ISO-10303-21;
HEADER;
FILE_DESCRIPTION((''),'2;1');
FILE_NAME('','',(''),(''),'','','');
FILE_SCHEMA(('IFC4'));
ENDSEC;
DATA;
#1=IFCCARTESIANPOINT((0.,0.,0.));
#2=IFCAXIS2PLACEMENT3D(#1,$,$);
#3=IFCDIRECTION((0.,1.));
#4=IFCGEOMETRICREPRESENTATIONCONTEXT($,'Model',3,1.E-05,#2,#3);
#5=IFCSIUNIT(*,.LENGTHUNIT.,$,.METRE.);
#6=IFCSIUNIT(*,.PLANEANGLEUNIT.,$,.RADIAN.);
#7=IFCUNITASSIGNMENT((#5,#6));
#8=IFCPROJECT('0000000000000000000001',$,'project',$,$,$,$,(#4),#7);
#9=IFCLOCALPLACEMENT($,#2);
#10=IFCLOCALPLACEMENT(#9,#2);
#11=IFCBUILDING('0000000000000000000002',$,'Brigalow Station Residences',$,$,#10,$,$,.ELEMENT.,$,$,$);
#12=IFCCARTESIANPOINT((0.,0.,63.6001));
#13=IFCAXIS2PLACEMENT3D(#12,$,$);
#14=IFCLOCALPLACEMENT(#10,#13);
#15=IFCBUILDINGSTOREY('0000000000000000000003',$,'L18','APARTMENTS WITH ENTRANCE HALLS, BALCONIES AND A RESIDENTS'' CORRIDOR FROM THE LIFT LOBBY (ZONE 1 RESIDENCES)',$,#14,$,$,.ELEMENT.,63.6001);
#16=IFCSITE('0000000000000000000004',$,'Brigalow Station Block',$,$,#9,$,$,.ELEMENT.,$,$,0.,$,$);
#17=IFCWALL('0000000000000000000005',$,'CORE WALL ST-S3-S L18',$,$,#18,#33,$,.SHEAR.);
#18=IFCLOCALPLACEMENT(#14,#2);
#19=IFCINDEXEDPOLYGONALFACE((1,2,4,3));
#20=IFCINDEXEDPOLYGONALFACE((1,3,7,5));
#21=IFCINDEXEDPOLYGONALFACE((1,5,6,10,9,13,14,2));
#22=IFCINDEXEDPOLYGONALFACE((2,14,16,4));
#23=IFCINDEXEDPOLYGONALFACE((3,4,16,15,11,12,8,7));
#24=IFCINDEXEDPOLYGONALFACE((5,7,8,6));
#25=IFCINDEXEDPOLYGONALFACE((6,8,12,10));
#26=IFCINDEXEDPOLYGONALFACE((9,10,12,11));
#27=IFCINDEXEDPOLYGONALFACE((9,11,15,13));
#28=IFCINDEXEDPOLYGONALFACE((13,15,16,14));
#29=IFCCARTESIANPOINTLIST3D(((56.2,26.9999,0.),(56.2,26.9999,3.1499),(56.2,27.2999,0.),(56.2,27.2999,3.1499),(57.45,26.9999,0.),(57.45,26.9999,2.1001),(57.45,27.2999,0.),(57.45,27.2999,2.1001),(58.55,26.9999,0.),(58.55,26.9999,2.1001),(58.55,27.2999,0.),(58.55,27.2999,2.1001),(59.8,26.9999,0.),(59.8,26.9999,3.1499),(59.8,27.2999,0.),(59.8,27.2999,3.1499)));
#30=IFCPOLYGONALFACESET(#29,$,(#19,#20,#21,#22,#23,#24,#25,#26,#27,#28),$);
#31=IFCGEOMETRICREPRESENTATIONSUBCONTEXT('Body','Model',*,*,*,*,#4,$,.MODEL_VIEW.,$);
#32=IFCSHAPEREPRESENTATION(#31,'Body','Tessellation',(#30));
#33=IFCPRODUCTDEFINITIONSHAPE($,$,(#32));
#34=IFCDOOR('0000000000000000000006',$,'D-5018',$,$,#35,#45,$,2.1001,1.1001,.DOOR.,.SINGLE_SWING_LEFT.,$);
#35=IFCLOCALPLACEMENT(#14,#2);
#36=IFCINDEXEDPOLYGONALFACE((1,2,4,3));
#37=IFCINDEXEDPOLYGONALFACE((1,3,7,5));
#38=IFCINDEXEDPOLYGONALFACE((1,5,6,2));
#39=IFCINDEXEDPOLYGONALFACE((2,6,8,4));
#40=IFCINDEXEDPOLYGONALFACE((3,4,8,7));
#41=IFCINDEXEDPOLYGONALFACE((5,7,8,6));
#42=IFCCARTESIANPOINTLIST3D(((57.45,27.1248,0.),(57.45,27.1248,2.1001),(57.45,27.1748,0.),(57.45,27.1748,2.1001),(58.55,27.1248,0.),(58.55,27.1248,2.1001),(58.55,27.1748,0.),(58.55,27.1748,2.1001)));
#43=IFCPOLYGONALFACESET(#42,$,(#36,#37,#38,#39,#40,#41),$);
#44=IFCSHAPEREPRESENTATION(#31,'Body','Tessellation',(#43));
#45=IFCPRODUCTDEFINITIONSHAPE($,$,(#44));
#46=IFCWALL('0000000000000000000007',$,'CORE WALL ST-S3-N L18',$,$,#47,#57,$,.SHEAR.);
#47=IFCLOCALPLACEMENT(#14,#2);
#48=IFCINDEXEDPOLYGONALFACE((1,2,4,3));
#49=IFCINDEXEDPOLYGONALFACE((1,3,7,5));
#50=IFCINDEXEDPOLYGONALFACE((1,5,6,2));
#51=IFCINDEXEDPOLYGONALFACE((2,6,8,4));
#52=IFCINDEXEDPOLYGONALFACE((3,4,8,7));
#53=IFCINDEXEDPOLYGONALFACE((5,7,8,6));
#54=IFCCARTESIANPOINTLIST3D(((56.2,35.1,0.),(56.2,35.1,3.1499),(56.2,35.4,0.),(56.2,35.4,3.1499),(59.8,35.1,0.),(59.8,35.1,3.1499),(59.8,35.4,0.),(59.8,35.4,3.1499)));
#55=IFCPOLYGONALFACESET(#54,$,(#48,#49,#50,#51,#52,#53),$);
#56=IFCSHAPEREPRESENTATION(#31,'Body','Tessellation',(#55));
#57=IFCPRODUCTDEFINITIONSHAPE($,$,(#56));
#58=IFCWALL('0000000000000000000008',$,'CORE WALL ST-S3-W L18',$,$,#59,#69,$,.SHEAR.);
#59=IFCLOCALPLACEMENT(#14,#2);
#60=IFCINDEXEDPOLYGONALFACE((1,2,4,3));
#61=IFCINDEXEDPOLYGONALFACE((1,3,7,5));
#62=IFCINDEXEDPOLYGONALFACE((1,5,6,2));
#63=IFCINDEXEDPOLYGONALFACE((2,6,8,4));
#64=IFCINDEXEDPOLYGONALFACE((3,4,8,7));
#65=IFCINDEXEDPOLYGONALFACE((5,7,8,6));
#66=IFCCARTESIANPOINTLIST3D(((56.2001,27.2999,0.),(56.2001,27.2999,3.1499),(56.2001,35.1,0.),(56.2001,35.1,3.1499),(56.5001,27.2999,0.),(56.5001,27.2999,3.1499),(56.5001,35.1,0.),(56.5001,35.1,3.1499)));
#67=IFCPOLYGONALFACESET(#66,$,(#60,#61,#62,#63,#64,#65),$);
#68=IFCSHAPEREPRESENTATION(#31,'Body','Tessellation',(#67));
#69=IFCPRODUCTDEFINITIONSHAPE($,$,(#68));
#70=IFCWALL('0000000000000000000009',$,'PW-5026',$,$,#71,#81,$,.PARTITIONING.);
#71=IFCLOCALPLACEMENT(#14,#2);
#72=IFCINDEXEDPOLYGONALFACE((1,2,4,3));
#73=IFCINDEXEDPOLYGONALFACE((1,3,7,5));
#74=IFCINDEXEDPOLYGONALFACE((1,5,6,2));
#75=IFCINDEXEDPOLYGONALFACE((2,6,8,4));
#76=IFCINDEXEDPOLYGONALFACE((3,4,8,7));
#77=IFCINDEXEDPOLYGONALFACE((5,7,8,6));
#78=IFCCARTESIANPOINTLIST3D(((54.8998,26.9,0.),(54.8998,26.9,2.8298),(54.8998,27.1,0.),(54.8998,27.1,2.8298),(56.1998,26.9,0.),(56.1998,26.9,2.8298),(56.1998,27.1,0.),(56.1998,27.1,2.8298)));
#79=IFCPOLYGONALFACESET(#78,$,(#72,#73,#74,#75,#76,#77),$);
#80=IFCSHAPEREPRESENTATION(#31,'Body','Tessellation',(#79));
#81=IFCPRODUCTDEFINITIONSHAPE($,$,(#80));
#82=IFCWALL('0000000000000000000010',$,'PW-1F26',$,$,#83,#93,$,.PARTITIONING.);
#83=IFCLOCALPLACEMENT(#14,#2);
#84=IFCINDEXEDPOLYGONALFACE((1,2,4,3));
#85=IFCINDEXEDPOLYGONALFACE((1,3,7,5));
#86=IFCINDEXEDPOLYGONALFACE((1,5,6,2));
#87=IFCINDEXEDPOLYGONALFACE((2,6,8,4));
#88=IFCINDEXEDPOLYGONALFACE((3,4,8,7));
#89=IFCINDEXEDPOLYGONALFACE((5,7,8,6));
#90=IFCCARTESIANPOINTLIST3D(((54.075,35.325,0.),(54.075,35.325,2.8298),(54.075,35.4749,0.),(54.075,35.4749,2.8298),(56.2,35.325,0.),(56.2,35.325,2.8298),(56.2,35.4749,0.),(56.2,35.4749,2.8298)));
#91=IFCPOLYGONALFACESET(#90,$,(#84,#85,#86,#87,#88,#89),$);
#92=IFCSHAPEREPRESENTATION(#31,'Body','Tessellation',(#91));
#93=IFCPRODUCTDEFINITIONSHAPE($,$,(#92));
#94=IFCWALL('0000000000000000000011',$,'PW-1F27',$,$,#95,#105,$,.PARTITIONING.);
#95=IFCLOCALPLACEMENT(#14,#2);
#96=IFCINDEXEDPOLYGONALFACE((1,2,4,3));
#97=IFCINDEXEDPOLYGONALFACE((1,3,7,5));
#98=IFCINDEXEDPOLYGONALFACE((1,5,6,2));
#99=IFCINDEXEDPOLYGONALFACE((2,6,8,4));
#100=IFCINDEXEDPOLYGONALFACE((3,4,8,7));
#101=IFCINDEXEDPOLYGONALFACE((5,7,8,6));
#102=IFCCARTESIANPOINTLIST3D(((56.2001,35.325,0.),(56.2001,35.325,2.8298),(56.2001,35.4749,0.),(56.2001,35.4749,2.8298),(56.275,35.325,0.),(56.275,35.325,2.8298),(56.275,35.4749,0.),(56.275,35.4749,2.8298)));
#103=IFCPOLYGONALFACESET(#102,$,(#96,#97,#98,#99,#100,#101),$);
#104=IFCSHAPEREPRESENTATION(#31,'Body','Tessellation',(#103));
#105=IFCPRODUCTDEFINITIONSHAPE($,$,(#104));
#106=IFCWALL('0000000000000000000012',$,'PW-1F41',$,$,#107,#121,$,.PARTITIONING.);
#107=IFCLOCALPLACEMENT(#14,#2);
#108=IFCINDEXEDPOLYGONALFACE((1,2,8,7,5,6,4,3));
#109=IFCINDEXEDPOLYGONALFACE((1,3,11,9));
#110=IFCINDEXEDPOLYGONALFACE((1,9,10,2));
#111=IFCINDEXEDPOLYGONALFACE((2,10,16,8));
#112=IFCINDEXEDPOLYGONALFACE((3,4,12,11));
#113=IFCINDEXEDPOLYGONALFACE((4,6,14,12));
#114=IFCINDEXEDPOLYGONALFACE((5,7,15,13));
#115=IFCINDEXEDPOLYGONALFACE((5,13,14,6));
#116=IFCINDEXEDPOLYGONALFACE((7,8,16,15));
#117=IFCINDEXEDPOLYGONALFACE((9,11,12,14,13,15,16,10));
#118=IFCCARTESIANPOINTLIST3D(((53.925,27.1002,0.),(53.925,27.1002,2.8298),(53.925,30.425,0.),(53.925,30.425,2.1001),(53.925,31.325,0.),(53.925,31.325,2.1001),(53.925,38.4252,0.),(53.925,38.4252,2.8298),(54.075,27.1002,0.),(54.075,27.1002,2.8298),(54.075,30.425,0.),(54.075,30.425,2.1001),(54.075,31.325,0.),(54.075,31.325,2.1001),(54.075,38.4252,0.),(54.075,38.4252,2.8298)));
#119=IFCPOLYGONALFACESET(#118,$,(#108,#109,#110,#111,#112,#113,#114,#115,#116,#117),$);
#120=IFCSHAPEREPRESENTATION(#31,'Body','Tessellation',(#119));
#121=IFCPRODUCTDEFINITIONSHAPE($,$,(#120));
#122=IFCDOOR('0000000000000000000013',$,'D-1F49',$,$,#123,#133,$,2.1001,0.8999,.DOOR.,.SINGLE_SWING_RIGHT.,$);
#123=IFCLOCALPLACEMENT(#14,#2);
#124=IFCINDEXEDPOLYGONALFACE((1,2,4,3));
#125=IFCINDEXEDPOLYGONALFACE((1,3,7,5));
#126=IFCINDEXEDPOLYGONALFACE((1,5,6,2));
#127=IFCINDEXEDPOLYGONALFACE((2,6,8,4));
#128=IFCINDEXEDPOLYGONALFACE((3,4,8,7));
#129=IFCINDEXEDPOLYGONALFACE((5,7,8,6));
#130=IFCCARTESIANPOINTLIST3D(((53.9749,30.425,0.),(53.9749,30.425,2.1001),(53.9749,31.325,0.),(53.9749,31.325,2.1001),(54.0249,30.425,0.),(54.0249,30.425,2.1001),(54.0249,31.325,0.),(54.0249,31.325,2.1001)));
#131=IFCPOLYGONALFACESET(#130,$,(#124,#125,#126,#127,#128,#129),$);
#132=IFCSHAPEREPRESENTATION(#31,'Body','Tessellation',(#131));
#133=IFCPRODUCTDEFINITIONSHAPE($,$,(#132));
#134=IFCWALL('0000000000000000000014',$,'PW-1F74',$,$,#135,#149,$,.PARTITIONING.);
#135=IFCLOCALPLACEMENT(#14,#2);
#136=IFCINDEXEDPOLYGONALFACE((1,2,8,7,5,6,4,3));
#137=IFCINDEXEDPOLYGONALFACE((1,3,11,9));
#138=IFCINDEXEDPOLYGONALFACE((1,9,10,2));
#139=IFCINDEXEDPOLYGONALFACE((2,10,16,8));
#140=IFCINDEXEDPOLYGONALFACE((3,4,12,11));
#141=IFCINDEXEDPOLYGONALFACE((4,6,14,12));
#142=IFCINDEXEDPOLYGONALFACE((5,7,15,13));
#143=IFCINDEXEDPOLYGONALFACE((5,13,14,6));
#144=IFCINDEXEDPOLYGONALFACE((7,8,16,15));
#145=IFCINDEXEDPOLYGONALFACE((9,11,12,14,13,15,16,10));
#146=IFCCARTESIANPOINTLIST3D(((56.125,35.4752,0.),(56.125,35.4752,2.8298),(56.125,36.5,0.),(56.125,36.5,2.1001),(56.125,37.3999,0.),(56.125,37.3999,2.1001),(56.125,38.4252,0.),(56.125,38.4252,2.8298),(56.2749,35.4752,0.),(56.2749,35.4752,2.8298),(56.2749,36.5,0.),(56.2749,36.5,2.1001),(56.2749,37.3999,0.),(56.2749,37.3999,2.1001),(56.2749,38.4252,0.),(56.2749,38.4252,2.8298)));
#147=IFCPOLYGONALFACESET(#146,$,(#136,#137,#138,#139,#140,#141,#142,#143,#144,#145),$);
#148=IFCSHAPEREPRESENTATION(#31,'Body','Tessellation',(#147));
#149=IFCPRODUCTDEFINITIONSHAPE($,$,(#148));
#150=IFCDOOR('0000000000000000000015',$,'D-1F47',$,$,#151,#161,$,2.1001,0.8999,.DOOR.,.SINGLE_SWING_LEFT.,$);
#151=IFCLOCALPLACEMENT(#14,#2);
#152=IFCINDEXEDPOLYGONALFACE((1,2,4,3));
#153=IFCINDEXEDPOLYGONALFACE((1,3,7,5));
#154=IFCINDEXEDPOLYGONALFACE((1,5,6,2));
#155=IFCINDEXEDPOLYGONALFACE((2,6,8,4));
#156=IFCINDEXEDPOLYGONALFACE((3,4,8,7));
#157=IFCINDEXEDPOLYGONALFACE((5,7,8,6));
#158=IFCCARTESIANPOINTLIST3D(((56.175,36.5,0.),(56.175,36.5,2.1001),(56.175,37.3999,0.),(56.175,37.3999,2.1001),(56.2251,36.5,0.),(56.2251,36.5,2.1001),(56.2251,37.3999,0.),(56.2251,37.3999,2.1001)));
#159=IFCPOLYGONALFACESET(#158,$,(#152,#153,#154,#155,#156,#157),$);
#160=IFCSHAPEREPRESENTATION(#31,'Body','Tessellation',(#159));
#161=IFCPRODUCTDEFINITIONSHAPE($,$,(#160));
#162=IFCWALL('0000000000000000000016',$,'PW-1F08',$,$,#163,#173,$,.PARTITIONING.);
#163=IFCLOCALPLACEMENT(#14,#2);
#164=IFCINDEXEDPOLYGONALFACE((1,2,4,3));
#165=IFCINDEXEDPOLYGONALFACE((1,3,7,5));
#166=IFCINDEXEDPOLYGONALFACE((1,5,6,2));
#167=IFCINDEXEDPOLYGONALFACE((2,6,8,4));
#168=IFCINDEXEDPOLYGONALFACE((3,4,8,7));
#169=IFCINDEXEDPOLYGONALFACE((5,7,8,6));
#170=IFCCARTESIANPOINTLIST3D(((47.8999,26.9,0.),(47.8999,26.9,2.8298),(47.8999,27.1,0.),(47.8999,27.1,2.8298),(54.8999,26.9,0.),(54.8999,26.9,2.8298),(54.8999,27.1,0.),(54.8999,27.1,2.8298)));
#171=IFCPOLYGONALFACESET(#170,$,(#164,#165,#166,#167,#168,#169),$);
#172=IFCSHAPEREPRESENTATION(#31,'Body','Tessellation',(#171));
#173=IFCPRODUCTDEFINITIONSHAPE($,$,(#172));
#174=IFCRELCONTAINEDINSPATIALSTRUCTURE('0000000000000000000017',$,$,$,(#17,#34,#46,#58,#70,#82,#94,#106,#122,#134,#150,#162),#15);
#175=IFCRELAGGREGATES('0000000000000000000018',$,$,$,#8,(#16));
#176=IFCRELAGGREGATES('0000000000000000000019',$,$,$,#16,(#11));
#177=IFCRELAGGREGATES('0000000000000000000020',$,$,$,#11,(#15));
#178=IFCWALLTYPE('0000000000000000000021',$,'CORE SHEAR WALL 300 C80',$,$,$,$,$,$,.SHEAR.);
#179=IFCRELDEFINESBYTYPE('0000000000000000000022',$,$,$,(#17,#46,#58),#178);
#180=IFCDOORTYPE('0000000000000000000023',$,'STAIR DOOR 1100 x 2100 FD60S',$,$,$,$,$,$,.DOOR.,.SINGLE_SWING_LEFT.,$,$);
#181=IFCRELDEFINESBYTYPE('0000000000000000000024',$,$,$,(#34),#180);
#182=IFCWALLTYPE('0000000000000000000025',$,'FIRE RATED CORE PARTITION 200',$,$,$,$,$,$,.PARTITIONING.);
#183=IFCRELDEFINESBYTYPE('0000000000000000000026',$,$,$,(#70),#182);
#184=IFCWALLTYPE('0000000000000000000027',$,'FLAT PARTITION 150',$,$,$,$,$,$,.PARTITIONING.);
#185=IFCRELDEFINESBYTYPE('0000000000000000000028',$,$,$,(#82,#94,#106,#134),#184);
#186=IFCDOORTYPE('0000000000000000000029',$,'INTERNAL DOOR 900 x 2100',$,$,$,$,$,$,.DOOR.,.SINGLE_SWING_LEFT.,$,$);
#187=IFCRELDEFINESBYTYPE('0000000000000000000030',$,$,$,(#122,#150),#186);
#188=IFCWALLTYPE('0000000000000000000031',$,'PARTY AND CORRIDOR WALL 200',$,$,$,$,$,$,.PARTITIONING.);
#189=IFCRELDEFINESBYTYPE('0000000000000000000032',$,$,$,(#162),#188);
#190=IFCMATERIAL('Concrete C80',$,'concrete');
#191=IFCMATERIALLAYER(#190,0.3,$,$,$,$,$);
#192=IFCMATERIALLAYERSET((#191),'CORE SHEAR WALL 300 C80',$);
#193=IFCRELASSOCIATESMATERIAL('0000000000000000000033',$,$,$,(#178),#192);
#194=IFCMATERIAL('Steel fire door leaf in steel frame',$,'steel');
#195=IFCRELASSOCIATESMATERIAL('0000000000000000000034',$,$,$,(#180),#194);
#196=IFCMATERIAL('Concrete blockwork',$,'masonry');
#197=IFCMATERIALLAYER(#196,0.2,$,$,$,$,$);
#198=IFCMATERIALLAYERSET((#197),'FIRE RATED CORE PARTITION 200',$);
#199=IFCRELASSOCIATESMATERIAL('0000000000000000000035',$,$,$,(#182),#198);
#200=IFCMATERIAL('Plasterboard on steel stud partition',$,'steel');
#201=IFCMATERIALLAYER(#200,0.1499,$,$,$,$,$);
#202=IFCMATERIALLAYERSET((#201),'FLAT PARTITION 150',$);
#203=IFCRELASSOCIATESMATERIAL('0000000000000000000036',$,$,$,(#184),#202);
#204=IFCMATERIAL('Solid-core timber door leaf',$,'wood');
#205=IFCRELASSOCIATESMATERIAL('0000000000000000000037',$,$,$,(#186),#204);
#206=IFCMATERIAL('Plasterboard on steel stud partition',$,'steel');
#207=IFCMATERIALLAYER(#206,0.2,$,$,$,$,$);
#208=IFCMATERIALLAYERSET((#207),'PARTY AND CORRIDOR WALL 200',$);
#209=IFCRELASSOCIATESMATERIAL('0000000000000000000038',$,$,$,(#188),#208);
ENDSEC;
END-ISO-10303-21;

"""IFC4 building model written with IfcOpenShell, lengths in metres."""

from ifc_helpers import new_model, si_unit, direction, frame, frame_2d, origin, place, context, subcontext, project, spatial, rectangle, extrude, material, layer, layer_set, type_object, element, fill, save


model = new_model("IFC4")

# Units and contexts
model_context = context("Model", 3, precision=1e-05, world=origin(), true_north=direction((0.0, 1.0)))
body_context = subcontext(model_context, "Body", "Model", "MODEL_VIEW")
ifc_project = project(units=[si_unit("LENGTHUNIT", "METRE"), si_unit("PLANEANGLEUNIT", "RADIAN")], contexts=[model_context])

# Site, building, storey
site_placement = place(None, origin())
site = spatial("IfcSite", under=ifc_project, at=site_placement, Name="Brigalow Station Block", CompositionType="ELEMENT", RefElevation=0.0)
building_placement = place(site_placement, origin())
building = spatial("IfcBuilding", under=site, at=building_placement, Name="Brigalow Station Residences", CompositionType="ELEMENT")
storey_placement = place(building_placement, frame((0.0, 0.0, 63.6001)))
storey = spatial("IfcBuildingStorey", under=building, at=storey_placement, Name="L18", Description="APARTMENTS WITH ENTRANCE HALLS, BALCONIES AND A RESIDENTS' CORRIDOR FROM THE LIFT LOBBY (ZONE 1 RESIDENCES)", CompositionType="ELEMENT", Elevation=63.6001)

# Wall, opening, door
ifc_material_1 = material(Name="Concrete C80", Category="concrete")
ifc_layer_1 = layer(ifc_material_1, 0.3)
ifc_layer_set_1 = layer_set([ifc_layer_1], Name="CORE SHEAR WALL 300 C80")
wall_type_1 = type_object("IfcWallType", Name="CORE SHEAR WALL 300 C80", PredefinedType="SHEAR", material=ifc_layer_set_1)
wall_1_placement = place(storey_placement, frame((56.2, 27.1499, 0.0), z_axis=(0.0, 0.0, 1.0), x_axis=(1.0, 0.0, 0.0)))
wall_1 = element("IfcWall", 1, at=wall_1_placement, inside=storey, type_object=wall_type_1, Name="CORE WALL ST-S3-S L18", PredefinedType="SHEAR", context=body_context, shape_type="SweptSolid", body=[
    extrude(rectangle(XDim=3.6001, YDim=0.3, at=frame_2d((1.8, 0.0))), origin(), (0.0, 0.0, 1.0), 3.1499),
])
opening_1_placement = place(wall_1_placement, frame((1.25, 0.0, 0.0)))
opening_1 = element("IfcOpeningElement", 2, at=opening_1_placement, cuts=wall_1, PredefinedType="OPENING", context=body_context, shape_type="SweptSolid", body=[
    extrude(rectangle(XDim=1.1001, YDim=2.1001, at=frame_2d((0.55, 1.05))), frame((0.0, 0.1602, 0.0), z_axis=(0.0, -1.0, 0.0), x_axis=(1.0, 0.0, 0.0)), (0.0, 0.0, 1.0), 0.3201),
])
ifc_material_2 = material(Name="Steel fire door leaf in steel frame", Category="steel")
door_type_1 = type_object("IfcDoorType", Name="STAIR DOOR 1100 x 2100 FD60S", OperationType="SINGLE_SWING_LEFT", PredefinedType="DOOR", material=ifc_material_2)
door_1_placement = place(opening_1_placement, origin())
door_1 = element("IfcDoor", 3, at=door_1_placement, inside=storey, type_object=door_type_1, Name="D-5018", OperationType="SINGLE_SWING_LEFT", OverallHeight=2.1001, OverallWidth=1.1001, PredefinedType="DOOR", context=body_context, shape_type="SweptSolid", body=[
    extrude(rectangle(XDim=1.1001, YDim=2.1001, at=frame_2d((0.55, 1.05))), frame((0.0, 0.0249, 0.0), z_axis=(0.0, -1.0, 0.0), x_axis=(1.0, 0.0, 0.0)), (0.0, 0.0, 1.0), 0.05),
])
fill(opening_1, door_1)

# Walls
wall_2_placement = place(storey_placement, frame((56.2, 35.25, 0.0), z_axis=(0.0, 0.0, 1.0), x_axis=(1.0, 0.0, 0.0)))
element("IfcWall", 4, at=wall_2_placement, inside=storey, type_object=wall_type_1, Name="CORE WALL ST-S3-N L18", PredefinedType="SHEAR", context=body_context, shape_type="SweptSolid", body=[
    extrude(rectangle(XDim=3.6001, YDim=0.3, at=frame_2d((1.8, 0.0))), origin(), (0.0, 0.0, 1.0), 3.1499),
])
wall_3_placement = place(storey_placement, frame((56.3501, 27.3, 0.0), z_axis=(0.0, 0.0, 1.0), x_axis=(0.0, 1.0, 0.0)))
element("IfcWall", 5, at=wall_3_placement, inside=storey, type_object=wall_type_1, Name="CORE WALL ST-S3-W L18", PredefinedType="SHEAR", context=body_context, shape_type="SweptSolid", body=[
    extrude(rectangle(XDim=7.8, YDim=0.3, at=frame_2d((3.8999, 0.0))), origin(), (0.0, 0.0, 1.0), 3.1499),
])
ifc_material_3 = material(Name="Concrete blockwork", Category="masonry")
ifc_layer_2 = layer(ifc_material_3, 0.2)
ifc_layer_set_2 = layer_set([ifc_layer_2], Name="FIRE RATED CORE PARTITION 200")
wall_type_2 = type_object("IfcWallType", Name="FIRE RATED CORE PARTITION 200", PredefinedType="PARTITIONING", material=ifc_layer_set_2)
wall_4_placement = place(storey_placement, frame((54.8999, 27.0, 0.0), z_axis=(0.0, 0.0, 1.0), x_axis=(1.0, 0.0, 0.0)))
element("IfcWall", 6, at=wall_4_placement, inside=storey, type_object=wall_type_2, Name="PW-5026", PredefinedType="PARTITIONING", context=body_context, shape_type="SweptSolid", body=[
    extrude(rectangle(XDim=1.3, YDim=0.2, at=frame_2d((0.6499, 0.0))), origin(), (0.0, 0.0, 1.0), 2.8298),
])
ifc_material_4 = material(Name="Plasterboard on steel stud partition", Category="steel")
ifc_layer_3 = layer(ifc_material_4, 0.1499)
ifc_layer_set_3 = layer_set([ifc_layer_3], Name="FLAT PARTITION 150")
wall_type_3 = type_object("IfcWallType", Name="FLAT PARTITION 150", PredefinedType="PARTITIONING", material=ifc_layer_set_3)
wall_5_placement = place(storey_placement, frame((54.075, 35.3999, 0.0), z_axis=(0.0, 0.0, 1.0), x_axis=(1.0, 0.0, 0.0)))
element("IfcWall", 7, at=wall_5_placement, inside=storey, type_object=wall_type_3, Name="PW-1F26", PredefinedType="PARTITIONING", context=body_context, shape_type="SweptSolid", body=[
    extrude(rectangle(XDim=2.125, YDim=0.1499, at=frame_2d((1.0625, 0.0))), origin(), (0.0, 0.0, 1.0), 2.8298),
])
wall_6_placement = place(storey_placement, frame((56.2, 35.3999, 0.0), z_axis=(0.0, 0.0, 1.0), x_axis=(1.0, 0.0, 0.0)))
element("IfcWall", 8, at=wall_6_placement, inside=storey, type_object=wall_type_3, Name="PW-1F27", PredefinedType="PARTITIONING", context=body_context, shape_type="SweptSolid", body=[
    extrude(rectangle(XDim=0.075, YDim=0.1499, at=frame_2d((0.0376, 0.0))), origin(), (0.0, 0.0, 1.0), 2.8298),
])

# Walls, openings, doors
wall_7_placement = place(storey_placement, frame((54.0, 27.1001, 0.0), z_axis=(0.0, 0.0, 1.0), x_axis=(0.0, 1.0, 0.0)))
wall_7 = element("IfcWall", 9, at=wall_7_placement, inside=storey, type_object=wall_type_3, Name="PW-1F41", PredefinedType="PARTITIONING", context=body_context, shape_type="SweptSolid", body=[
    extrude(rectangle(XDim=11.325, YDim=0.1499, at=frame_2d((5.6626, 0.0))), origin(), (0.0, 0.0, 1.0), 2.8298),
])
opening_2_placement = place(wall_7_placement, frame((3.325, 0.0, 0.0)))
opening_2 = element("IfcOpeningElement", 10, at=opening_2_placement, cuts=wall_7, PredefinedType="OPENING", context=body_context, shape_type="SweptSolid", body=[
    extrude(rectangle(XDim=0.8999, YDim=2.1001, at=frame_2d((0.45, 1.05))), frame((0.0, 0.085, 0.0), z_axis=(0.0, -1.0, 0.0), x_axis=(1.0, 0.0, 0.0)), (0.0, 0.0, 1.0), 0.1699),
])
ifc_material_5 = material(Name="Solid-core timber door leaf", Category="wood")
door_type_2 = type_object("IfcDoorType", Name="INTERNAL DOOR 900 x 2100", OperationType="SINGLE_SWING_LEFT", PredefinedType="DOOR", material=ifc_material_5)
door_2_placement = place(opening_2_placement, frame((0.8999, 0.0, 0.0), z_axis=(0.0, 0.0, 1.0), x_axis=(-1.0, 0.0, 0.0)))
door_2 = element("IfcDoor", 11, at=door_2_placement, inside=storey, type_object=door_type_2, Name="D-1F49", OperationType="SINGLE_SWING_RIGHT", OverallHeight=2.1001, OverallWidth=0.8999, PredefinedType="DOOR", context=body_context, shape_type="SweptSolid", body=[
    extrude(rectangle(XDim=0.8999, YDim=2.1001, at=frame_2d((0.45, 1.05))), frame((0.0, 0.0249, 0.0), z_axis=(0.0, -1.0, 0.0), x_axis=(1.0, 0.0, 0.0)), (0.0, 0.0, 1.0), 0.05),
])
fill(opening_2, door_2)
wall_8_placement = place(storey_placement, frame((56.2, 35.4751, 0.0), z_axis=(0.0, 0.0, 1.0), x_axis=(0.0, 1.0, 0.0)))
wall_8 = element("IfcWall", 12, at=wall_8_placement, inside=storey, type_object=wall_type_3, Name="PW-1F74", PredefinedType="PARTITIONING", context=body_context, shape_type="SweptSolid", body=[
    extrude(rectangle(XDim=2.95, YDim=0.1499, at=frame_2d((1.4751, 0.0))), origin(), (0.0, 0.0, 1.0), 2.8298),
])
opening_3_placement = place(wall_8_placement, frame((1.0249, 0.0, 0.0)))
opening_3 = element("IfcOpeningElement", 13, at=opening_3_placement, cuts=wall_8, PredefinedType="OPENING", context=body_context, shape_type="SweptSolid", body=[
    extrude(rectangle(XDim=0.8999, YDim=2.1001, at=frame_2d((0.45, 1.05))), frame((0.0, 0.085, 0.0), z_axis=(0.0, -1.0, 0.0), x_axis=(1.0, 0.0, 0.0)), (0.0, 0.0, 1.0), 0.1699),
])
door_3_placement = place(opening_3_placement, origin())
door_3 = element("IfcDoor", 14, at=door_3_placement, inside=storey, type_object=door_type_2, Name="D-1F47", OperationType="SINGLE_SWING_LEFT", OverallHeight=2.1001, OverallWidth=0.8999, PredefinedType="DOOR", context=body_context, shape_type="SweptSolid", body=[
    extrude(rectangle(XDim=0.8999, YDim=2.1001, at=frame_2d((0.45, 1.05))), frame((0.0, 0.0249, 0.0), z_axis=(0.0, -1.0, 0.0), x_axis=(1.0, 0.0, 0.0)), (0.0, 0.0, 1.0), 0.05),
])
fill(opening_3, door_3)

# Wall
ifc_material_6 = material(Name="Plasterboard on steel stud partition", Category="steel")
ifc_layer_4 = layer(ifc_material_6, 0.2)
ifc_layer_set_4 = layer_set([ifc_layer_4], Name="PARTY AND CORRIDOR WALL 200")
wall_type_4 = type_object("IfcWallType", Name="PARTY AND CORRIDOR WALL 200", PredefinedType="PARTITIONING", material=ifc_layer_set_4)
wall_9_placement = place(storey_placement, frame((47.8999, 27.0, 0.0), z_axis=(0.0, 0.0, 1.0), x_axis=(1.0, 0.0, 0.0)))
element("IfcWall", 15, at=wall_9_placement, inside=storey, type_object=wall_type_4, Name="PW-1F08", PredefinedType="PARTITIONING", context=body_context, shape_type="SweptSolid", body=[
    extrude(rectangle(XDim=7.0, YDim=0.2, at=frame_2d((3.5, 0.0))), origin(), (0.0, 0.0, 1.0), 2.8298),
])

save(model, "model.ifc")
